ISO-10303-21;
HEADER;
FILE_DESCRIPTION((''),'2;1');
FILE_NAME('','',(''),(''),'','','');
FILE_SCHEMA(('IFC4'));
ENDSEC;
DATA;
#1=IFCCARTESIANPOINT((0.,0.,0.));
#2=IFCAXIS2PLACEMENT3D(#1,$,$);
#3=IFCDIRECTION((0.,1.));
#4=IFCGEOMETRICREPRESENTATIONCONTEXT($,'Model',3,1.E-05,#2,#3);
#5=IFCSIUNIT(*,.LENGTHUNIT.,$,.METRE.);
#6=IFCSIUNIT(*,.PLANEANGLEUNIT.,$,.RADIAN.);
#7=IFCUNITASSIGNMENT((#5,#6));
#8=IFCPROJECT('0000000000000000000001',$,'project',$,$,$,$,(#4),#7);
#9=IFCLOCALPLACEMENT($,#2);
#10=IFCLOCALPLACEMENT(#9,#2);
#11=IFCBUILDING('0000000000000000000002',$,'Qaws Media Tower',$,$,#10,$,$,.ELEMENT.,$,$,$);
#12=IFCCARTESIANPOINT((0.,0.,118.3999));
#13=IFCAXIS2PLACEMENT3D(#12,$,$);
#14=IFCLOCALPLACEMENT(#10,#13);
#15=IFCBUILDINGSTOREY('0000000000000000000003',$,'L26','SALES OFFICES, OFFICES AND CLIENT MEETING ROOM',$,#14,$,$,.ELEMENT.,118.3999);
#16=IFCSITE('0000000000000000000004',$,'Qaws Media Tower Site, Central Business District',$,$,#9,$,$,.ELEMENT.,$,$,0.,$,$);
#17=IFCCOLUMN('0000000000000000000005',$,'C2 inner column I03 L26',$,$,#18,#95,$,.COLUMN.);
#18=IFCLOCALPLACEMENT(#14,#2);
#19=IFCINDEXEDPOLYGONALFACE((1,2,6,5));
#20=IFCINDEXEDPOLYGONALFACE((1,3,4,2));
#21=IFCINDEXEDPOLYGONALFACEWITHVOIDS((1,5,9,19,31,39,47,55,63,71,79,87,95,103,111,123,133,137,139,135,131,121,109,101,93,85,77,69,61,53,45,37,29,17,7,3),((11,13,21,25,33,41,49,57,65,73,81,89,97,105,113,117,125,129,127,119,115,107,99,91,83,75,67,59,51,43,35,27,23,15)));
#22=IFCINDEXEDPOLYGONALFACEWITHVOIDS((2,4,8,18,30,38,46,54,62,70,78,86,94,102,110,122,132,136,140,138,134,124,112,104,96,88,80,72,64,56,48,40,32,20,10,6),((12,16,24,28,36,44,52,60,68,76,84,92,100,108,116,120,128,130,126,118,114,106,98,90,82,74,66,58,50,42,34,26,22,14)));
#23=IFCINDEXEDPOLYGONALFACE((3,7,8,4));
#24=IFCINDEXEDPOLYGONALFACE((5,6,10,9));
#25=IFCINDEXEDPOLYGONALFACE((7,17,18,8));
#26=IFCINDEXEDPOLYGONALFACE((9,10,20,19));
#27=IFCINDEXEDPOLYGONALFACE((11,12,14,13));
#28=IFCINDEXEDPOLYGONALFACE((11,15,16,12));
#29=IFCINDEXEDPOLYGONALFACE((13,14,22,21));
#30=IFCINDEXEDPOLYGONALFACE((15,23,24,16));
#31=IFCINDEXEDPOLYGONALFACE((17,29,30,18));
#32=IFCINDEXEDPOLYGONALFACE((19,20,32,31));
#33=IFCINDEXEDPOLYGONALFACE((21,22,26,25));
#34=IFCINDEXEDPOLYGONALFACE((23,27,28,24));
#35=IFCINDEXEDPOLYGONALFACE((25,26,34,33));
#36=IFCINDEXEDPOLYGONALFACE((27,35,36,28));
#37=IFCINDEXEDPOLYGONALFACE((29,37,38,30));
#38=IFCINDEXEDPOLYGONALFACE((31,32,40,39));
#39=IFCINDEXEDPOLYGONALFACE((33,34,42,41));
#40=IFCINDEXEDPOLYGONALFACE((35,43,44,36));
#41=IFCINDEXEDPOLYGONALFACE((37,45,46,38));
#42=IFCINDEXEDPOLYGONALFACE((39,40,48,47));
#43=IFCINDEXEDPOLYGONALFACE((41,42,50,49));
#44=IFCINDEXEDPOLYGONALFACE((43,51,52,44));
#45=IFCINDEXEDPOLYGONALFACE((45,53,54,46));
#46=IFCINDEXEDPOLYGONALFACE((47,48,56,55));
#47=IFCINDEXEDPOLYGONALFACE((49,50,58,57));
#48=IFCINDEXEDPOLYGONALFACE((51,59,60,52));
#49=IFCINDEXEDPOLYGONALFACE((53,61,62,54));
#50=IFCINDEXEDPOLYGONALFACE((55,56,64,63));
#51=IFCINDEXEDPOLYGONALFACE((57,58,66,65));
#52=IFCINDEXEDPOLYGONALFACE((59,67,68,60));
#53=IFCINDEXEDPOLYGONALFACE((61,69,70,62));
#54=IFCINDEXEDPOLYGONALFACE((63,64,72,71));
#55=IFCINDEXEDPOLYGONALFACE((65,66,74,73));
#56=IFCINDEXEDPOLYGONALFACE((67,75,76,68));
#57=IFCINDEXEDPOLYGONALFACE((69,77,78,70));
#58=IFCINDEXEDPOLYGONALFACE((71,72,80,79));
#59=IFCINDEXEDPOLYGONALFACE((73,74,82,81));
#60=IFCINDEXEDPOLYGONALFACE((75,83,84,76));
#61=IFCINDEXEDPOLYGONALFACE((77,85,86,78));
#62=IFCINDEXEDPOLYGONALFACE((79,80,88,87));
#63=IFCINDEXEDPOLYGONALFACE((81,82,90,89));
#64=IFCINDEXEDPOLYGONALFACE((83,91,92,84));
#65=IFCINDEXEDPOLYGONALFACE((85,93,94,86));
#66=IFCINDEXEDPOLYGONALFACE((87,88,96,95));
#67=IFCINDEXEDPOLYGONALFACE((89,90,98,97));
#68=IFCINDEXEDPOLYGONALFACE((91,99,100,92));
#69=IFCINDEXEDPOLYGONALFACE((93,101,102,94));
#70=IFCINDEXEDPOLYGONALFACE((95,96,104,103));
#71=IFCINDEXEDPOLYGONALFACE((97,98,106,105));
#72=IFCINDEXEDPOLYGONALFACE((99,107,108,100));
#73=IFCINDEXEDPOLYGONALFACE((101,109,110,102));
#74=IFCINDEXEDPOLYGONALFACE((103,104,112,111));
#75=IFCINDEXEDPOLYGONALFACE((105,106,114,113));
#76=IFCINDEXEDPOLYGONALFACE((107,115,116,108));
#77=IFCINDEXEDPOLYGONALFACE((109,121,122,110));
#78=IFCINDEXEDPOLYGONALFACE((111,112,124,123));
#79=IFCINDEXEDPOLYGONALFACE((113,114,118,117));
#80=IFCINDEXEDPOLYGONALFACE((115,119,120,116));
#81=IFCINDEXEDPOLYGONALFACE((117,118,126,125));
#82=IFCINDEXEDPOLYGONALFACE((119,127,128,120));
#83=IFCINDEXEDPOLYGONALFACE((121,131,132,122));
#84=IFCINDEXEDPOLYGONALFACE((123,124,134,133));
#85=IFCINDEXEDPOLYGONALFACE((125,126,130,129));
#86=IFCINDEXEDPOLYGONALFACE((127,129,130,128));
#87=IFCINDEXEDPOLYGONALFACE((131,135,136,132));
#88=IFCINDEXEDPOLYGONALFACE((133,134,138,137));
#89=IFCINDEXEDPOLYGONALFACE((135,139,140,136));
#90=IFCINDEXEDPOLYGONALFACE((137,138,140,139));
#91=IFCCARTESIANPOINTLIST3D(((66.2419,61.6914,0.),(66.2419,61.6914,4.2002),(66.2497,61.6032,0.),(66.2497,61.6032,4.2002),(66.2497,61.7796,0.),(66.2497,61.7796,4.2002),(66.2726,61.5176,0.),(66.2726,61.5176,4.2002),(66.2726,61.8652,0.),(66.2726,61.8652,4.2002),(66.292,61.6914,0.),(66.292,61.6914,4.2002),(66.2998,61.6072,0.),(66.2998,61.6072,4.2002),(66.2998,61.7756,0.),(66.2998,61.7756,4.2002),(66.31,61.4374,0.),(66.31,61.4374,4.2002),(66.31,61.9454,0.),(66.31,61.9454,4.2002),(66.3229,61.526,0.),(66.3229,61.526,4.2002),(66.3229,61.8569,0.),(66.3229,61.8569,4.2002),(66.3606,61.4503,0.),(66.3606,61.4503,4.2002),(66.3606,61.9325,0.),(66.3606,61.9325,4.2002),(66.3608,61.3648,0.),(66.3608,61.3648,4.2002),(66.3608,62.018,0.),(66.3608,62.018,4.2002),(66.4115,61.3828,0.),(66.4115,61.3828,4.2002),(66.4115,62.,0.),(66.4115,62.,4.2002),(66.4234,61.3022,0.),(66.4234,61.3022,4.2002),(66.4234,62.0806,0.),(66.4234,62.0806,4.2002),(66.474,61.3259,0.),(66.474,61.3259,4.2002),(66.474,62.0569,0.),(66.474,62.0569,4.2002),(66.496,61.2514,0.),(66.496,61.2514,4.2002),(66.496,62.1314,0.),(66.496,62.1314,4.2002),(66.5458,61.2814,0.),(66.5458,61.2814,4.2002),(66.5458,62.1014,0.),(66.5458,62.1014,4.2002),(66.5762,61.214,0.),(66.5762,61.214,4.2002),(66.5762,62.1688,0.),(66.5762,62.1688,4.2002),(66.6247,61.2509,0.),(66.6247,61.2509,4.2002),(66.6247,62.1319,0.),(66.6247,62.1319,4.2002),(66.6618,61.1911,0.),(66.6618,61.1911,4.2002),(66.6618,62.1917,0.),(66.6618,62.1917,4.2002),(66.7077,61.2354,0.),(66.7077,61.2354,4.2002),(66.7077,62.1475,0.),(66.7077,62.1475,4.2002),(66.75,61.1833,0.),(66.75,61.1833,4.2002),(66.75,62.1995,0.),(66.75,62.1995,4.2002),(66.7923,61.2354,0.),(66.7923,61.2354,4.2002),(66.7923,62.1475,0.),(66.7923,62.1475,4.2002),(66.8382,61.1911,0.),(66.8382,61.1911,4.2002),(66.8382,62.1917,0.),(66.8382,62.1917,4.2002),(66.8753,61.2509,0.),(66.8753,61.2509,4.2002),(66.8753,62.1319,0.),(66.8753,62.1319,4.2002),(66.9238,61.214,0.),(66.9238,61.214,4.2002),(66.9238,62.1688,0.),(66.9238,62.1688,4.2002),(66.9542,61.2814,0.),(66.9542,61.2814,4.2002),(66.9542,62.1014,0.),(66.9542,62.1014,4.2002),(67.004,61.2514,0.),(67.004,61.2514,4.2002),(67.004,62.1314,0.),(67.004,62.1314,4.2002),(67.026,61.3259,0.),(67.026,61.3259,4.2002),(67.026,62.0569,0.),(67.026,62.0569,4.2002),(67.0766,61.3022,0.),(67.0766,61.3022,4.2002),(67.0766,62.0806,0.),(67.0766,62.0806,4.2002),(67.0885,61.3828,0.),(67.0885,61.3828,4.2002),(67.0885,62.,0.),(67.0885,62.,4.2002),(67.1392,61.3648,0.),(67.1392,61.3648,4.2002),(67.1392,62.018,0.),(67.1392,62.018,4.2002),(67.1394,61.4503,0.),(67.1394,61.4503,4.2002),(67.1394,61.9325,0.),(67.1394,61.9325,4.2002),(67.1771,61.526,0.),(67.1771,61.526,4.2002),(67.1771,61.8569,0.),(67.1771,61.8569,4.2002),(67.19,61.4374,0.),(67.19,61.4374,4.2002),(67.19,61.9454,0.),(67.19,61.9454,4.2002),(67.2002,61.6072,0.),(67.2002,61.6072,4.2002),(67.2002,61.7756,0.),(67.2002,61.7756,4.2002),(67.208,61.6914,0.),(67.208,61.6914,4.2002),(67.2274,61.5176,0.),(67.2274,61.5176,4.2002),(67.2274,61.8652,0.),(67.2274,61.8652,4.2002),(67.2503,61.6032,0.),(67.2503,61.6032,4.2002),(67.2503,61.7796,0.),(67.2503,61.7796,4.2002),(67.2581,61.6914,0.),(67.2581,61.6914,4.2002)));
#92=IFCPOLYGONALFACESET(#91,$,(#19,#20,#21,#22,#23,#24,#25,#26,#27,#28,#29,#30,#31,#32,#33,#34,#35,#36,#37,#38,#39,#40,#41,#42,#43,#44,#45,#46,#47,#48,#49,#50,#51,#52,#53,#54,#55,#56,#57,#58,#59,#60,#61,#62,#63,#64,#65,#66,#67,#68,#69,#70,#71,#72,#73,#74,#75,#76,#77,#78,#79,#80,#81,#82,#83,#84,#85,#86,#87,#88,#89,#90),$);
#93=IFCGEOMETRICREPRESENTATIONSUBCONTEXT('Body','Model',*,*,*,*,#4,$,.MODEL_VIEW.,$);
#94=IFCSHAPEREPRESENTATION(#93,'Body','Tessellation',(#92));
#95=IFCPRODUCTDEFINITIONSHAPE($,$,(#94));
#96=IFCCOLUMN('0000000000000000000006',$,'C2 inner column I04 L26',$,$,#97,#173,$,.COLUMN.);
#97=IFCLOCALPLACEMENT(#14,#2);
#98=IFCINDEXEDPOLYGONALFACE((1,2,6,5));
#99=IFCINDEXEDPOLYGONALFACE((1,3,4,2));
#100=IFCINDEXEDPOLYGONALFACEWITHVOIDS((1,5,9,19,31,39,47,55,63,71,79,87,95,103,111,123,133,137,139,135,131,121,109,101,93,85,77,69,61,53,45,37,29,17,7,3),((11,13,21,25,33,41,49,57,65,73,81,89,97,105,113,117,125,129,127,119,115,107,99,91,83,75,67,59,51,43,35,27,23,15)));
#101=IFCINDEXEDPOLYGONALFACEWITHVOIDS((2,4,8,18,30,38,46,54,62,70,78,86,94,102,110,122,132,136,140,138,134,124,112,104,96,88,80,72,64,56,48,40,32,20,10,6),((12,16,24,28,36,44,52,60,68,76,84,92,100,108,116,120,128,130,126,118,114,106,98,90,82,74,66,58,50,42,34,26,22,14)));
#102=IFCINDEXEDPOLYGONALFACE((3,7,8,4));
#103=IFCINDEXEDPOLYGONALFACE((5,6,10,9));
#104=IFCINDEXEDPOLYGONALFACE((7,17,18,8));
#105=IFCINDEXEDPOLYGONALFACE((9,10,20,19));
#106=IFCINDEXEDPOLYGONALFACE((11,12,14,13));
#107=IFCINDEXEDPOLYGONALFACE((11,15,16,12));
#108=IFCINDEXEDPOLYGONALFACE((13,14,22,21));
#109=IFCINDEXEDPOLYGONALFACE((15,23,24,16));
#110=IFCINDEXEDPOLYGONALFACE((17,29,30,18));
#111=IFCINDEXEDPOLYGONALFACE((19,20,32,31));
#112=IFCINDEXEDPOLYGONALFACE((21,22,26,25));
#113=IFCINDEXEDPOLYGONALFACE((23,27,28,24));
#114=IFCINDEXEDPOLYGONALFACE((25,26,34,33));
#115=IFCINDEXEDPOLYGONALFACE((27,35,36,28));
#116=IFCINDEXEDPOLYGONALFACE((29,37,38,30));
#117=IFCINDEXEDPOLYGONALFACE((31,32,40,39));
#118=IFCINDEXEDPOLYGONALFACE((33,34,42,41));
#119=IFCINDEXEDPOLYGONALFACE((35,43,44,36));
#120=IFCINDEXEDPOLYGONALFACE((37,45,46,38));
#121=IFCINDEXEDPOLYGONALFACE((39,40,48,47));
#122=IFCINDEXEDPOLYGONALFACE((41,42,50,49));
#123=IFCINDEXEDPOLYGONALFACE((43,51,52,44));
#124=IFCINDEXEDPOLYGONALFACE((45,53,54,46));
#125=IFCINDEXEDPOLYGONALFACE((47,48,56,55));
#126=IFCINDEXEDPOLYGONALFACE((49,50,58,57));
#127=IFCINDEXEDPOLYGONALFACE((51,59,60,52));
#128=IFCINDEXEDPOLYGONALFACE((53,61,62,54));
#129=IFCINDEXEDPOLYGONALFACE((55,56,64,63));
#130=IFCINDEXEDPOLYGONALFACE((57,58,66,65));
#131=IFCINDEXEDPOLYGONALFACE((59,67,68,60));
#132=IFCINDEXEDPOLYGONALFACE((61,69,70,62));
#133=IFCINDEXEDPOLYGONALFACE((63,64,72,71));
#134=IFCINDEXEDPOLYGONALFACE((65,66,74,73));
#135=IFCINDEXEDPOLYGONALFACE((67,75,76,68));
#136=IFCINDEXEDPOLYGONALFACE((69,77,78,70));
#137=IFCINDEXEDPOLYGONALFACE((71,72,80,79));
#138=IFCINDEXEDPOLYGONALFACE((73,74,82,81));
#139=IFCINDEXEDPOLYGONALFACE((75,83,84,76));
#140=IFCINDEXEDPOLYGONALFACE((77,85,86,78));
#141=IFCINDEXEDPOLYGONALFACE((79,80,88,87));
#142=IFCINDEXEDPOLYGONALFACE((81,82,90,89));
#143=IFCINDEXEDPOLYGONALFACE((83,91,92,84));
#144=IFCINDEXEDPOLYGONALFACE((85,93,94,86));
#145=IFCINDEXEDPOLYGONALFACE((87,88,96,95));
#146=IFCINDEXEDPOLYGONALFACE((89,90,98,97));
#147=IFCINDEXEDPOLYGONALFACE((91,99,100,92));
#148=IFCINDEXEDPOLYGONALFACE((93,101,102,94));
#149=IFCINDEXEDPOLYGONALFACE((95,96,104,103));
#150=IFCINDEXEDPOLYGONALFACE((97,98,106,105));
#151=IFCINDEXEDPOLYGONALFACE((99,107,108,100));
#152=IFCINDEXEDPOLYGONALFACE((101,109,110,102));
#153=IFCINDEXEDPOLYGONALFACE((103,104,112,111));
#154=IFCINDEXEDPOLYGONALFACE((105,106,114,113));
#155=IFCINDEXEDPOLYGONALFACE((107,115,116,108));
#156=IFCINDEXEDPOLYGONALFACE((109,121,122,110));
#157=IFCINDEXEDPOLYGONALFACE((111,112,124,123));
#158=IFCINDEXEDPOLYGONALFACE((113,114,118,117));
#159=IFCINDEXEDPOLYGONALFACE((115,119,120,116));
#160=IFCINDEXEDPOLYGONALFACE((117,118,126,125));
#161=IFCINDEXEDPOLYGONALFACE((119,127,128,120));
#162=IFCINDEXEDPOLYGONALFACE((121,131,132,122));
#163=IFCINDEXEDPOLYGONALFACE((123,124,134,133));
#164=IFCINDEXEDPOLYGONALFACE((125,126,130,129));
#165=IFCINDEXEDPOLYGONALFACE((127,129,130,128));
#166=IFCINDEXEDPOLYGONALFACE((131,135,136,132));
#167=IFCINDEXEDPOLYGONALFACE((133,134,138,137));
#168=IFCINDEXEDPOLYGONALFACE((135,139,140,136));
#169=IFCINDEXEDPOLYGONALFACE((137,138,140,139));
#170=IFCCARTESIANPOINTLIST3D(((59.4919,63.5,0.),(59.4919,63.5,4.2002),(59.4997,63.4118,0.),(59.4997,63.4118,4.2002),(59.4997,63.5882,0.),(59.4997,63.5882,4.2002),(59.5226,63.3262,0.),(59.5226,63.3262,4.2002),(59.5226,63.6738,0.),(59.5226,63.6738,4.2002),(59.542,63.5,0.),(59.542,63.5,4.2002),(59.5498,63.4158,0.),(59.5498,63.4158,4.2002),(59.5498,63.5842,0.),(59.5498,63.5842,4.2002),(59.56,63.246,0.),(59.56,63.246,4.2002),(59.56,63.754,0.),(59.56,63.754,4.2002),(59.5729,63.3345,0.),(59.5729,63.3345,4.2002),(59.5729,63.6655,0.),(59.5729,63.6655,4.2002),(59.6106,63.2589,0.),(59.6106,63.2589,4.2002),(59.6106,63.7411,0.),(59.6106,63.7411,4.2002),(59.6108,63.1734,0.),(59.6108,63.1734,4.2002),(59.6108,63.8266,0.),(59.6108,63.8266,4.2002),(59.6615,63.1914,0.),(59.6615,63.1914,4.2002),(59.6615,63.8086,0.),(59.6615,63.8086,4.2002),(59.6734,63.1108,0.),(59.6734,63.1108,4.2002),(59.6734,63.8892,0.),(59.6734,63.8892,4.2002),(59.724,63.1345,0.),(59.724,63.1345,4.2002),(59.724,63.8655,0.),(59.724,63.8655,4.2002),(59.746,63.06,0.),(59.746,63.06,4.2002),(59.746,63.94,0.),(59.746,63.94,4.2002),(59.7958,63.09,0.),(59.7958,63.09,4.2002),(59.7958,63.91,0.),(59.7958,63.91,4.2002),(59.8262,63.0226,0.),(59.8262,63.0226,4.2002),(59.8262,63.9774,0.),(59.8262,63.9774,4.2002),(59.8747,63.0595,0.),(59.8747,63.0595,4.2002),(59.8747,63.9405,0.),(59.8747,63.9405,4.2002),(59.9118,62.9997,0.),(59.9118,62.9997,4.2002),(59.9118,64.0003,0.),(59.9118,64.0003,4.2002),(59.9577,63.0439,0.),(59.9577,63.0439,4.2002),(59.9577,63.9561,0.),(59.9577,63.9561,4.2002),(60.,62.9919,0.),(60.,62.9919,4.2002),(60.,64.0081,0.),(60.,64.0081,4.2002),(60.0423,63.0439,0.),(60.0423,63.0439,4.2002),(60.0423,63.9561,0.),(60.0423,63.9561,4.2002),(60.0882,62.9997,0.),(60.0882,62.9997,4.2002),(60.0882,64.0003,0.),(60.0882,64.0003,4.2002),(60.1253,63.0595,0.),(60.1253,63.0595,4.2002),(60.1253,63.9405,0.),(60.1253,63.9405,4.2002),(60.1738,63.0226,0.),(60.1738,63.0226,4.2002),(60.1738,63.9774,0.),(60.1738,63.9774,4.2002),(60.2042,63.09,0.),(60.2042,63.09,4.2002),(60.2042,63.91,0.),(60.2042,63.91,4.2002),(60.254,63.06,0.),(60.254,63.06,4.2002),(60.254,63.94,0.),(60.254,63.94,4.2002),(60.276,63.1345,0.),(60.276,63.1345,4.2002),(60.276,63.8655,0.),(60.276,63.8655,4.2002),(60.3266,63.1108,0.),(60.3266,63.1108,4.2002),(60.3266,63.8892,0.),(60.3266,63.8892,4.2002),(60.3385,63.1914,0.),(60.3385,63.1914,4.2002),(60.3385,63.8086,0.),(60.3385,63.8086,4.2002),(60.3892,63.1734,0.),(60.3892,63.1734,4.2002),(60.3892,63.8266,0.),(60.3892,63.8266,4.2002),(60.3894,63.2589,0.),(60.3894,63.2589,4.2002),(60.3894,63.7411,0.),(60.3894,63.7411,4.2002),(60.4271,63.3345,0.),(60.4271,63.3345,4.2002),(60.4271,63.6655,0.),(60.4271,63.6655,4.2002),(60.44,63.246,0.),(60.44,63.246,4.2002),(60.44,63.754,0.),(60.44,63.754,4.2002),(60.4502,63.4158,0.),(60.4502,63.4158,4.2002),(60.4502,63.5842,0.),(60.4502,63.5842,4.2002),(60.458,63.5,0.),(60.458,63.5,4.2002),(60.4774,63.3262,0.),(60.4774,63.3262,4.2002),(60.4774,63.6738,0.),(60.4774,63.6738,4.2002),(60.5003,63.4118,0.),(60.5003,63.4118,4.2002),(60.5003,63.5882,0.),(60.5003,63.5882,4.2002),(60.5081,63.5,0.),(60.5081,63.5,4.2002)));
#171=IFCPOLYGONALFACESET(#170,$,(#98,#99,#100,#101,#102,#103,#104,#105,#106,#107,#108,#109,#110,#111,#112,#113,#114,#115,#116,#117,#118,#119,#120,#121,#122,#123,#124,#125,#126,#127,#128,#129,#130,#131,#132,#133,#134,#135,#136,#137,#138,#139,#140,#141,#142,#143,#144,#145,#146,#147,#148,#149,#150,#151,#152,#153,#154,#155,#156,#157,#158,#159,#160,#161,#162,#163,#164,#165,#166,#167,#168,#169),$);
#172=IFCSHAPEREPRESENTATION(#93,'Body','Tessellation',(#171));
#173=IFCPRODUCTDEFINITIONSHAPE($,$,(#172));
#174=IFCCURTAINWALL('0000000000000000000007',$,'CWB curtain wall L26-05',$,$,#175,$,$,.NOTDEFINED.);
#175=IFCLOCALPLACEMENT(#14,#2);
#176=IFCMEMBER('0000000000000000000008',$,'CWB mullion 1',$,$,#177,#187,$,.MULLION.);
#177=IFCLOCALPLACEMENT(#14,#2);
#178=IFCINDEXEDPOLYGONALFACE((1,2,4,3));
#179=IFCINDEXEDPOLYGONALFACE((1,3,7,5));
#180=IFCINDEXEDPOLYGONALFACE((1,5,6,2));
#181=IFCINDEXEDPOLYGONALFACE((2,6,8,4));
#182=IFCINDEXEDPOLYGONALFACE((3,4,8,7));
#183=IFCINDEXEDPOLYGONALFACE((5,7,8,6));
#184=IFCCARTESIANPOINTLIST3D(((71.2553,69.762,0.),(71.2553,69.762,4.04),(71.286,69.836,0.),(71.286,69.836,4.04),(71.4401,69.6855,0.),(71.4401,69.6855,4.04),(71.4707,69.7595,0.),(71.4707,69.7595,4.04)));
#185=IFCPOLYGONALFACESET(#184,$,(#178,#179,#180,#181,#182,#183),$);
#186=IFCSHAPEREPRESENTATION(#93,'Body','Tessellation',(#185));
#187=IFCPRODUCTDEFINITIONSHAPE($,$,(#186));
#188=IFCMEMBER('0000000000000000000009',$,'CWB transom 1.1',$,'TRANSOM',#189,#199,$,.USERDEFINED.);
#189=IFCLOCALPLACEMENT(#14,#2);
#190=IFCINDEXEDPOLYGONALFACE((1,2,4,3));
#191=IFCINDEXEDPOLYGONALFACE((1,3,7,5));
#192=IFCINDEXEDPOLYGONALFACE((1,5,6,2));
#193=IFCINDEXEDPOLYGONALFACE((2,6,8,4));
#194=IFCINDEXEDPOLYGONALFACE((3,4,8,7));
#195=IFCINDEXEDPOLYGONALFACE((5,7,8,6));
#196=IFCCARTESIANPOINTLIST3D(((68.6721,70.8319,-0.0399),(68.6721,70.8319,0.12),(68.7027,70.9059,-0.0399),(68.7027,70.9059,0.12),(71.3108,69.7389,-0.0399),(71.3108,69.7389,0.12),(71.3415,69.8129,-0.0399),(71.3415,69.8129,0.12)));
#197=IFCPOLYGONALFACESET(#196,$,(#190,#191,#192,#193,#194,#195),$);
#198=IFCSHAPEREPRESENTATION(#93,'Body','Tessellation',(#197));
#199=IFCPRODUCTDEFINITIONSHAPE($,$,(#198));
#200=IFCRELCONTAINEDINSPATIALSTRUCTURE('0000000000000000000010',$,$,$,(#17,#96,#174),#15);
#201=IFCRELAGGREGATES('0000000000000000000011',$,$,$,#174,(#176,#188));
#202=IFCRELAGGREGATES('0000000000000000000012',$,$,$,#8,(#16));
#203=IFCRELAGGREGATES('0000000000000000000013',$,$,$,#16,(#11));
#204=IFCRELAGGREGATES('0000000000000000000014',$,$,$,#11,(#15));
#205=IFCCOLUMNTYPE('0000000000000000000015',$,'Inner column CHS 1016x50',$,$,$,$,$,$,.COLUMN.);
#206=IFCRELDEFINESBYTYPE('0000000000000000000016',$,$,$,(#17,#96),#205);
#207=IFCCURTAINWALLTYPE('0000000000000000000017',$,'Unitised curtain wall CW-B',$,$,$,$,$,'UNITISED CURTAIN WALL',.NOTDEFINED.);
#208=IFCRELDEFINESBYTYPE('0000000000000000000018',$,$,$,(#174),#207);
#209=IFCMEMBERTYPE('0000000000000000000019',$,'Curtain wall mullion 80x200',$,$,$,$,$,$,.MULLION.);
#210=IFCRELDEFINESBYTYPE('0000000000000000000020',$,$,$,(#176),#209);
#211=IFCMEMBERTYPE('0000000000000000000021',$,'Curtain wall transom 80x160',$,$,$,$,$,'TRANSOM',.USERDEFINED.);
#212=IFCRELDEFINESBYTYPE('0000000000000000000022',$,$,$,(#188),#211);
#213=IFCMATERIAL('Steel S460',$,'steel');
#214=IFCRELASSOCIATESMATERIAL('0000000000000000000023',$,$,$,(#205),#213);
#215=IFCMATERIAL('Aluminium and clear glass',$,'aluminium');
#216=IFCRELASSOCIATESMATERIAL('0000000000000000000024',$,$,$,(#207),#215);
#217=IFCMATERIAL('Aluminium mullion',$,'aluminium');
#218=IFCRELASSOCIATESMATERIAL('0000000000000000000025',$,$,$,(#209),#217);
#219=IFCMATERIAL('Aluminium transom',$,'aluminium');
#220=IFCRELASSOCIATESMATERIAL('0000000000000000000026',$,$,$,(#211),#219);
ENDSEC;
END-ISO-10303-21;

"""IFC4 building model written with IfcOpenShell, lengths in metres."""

from ifc_helpers import new_model, si_unit, direction, frame, origin, origin_2d, place, context, subcontext, project, spatial, rectangle, hollow_circle, extrude, material, material_profile, profile_set, type_object, element, aggregate, save


model = new_model("IFC4")

# Units and contexts
model_context = context("Model", 3, precision=1e-05, world=origin(), true_north=direction((0.0, 1.0)))
body_context = subcontext(model_context, "Body", "Model", "MODEL_VIEW")
ifc_project = project(units=[si_unit("LENGTHUNIT", "METRE"), si_unit("PLANEANGLEUNIT", "RADIAN")], contexts=[model_context])

# Site, building, storey
site_placement = place(None, origin())
site = spatial("IfcSite", under=ifc_project, at=site_placement, Name="Qaws Media Tower Site, Central Business District", CompositionType="ELEMENT", RefElevation=0.0)
building_placement = place(site_placement, origin())
building = spatial("IfcBuilding", under=site, at=building_placement, Name="Qaws Media Tower", CompositionType="ELEMENT")
storey_placement = place(building_placement, frame((0.0, 0.0, 118.3999)))
storey = spatial("IfcBuildingStorey", under=building, at=storey_placement, Name="L26", Description="SALES OFFICES, OFFICES AND CLIENT MEETING ROOM", CompositionType="ELEMENT", Elevation=118.3999)

# Columns
ifc_material_1 = material(Name="Steel S460", Category="steel")
ifc_material_profile_1 = material_profile(ifc_material_1, hollow_circle(Radius=0.5081, WallThickness=0.05, at=origin_2d()), Name="CHS 1016x50")
ifc_profile_set_1 = profile_set([ifc_material_profile_1], Name="Steel S460")
column_type = type_object("IfcColumnType", Name="Inner column CHS 1016x50", PredefinedType="COLUMN", material=ifc_profile_set_1)
for number, where, z_axis, x_axis, name in (
    (1, (66.75, 61.6914, 0.0), (0.0, 0.0, 1.0), (1.0, 0.0, 0.0), "C2 inner column I03 L26"),
    (2, (60.0, 63.5, 0.0), (0.0, 0.0, 1.0), (1.0, 0.0, 0.0), "C2 inner column I04 L26"),
):
    element("IfcColumn", number, at=place(storey_placement, frame(where, z_axis=z_axis, x_axis=x_axis)), inside=storey, type_object=column_type, Name=name, PredefinedType="COLUMN", context=body_context, shape_type="SweptSolid", body=[
        extrude(hollow_circle(Radius=0.5081, WallThickness=0.05, at=origin_2d()), origin(), (0.0, 0.0, 1.0), 4.2002),
    ])

# Curtain wall, members
ifc_material_2 = material(Name="Aluminium and clear glass", Category="aluminium")
curtain_wall_type = type_object("IfcCurtainWallType", Name="Unitised curtain wall CW-B", ElementType="UNITISED CURTAIN WALL", PredefinedType="NOTDEFINED", material=ifc_material_2)
curtain_wall_placement = place(storey_placement, origin())
curtain_wall = element("IfcCurtainWall", 3, at=curtain_wall_placement, inside=storey, type_object=curtain_wall_type, Name="CWB curtain wall L26-05", PredefinedType="NOTDEFINED")
ifc_material_3 = material(Name="Aluminium mullion", Category="aluminium")
ifc_material_profile_2 = material_profile(ifc_material_3, rectangle(XDim=0.0801, YDim=0.2, at=origin_2d()), Name="80x200")
ifc_profile_set_2 = profile_set([ifc_material_profile_2], Name="Aluminium mullion")
member_type_1 = type_object("IfcMemberType", Name="Curtain wall mullion 80x200", PredefinedType="MULLION", material=ifc_profile_set_2)
member_1_placement = place(storey_placement, frame((71.363, 69.7607, 0.0), z_axis=(0.0, 0.0, 1.0), x_axis=(-0.382683, -0.92388, 0.0)))
member_1 = element("IfcMember", 4, at=member_1_placement, type_object=member_type_1, Name="CWB mullion 1", PredefinedType="MULLION", context=body_context, shape_type="SweptSolid", body=[
    extrude(rectangle(XDim=0.0801, YDim=0.2, at=origin_2d()), origin(), (0.0, 0.0, 1.0), 4.04),
])
ifc_material_4 = material(Name="Aluminium transom", Category="aluminium")
ifc_material_profile_3 = material_profile(ifc_material_4, rectangle(XDim=0.0801, YDim=0.1599, at=origin_2d()), Name="80x160")
ifc_profile_set_3 = profile_set([ifc_material_profile_3], Name="Aluminium transom")
member_type_2 = type_object("IfcMemberType", Name="Curtain wall transom 80x160", ElementType="TRANSOM", PredefinedType="USERDEFINED", material=ifc_profile_set_3)
member_2_placement = place(storey_placement, frame((71.3262, 69.7759, 0.04), z_axis=(-0.923874, 0.382697, 0.0), x_axis=(-0.382697, -0.923874, 0.0)))
member_2 = element("IfcMember", 5, at=member_2_placement, type_object=member_type_2, Name="CWB transom 1.1", ObjectType="TRANSOM", PredefinedType="USERDEFINED", context=body_context, shape_type="SweptSolid", body=[
    extrude(rectangle(XDim=0.0801, YDim=0.1599, at=origin_2d()), origin(), (0.0, 0.0, 1.0), 2.8562),
])
aggregate(curtain_wall, [member_1, member_2])

save(model, "model.ifc")
